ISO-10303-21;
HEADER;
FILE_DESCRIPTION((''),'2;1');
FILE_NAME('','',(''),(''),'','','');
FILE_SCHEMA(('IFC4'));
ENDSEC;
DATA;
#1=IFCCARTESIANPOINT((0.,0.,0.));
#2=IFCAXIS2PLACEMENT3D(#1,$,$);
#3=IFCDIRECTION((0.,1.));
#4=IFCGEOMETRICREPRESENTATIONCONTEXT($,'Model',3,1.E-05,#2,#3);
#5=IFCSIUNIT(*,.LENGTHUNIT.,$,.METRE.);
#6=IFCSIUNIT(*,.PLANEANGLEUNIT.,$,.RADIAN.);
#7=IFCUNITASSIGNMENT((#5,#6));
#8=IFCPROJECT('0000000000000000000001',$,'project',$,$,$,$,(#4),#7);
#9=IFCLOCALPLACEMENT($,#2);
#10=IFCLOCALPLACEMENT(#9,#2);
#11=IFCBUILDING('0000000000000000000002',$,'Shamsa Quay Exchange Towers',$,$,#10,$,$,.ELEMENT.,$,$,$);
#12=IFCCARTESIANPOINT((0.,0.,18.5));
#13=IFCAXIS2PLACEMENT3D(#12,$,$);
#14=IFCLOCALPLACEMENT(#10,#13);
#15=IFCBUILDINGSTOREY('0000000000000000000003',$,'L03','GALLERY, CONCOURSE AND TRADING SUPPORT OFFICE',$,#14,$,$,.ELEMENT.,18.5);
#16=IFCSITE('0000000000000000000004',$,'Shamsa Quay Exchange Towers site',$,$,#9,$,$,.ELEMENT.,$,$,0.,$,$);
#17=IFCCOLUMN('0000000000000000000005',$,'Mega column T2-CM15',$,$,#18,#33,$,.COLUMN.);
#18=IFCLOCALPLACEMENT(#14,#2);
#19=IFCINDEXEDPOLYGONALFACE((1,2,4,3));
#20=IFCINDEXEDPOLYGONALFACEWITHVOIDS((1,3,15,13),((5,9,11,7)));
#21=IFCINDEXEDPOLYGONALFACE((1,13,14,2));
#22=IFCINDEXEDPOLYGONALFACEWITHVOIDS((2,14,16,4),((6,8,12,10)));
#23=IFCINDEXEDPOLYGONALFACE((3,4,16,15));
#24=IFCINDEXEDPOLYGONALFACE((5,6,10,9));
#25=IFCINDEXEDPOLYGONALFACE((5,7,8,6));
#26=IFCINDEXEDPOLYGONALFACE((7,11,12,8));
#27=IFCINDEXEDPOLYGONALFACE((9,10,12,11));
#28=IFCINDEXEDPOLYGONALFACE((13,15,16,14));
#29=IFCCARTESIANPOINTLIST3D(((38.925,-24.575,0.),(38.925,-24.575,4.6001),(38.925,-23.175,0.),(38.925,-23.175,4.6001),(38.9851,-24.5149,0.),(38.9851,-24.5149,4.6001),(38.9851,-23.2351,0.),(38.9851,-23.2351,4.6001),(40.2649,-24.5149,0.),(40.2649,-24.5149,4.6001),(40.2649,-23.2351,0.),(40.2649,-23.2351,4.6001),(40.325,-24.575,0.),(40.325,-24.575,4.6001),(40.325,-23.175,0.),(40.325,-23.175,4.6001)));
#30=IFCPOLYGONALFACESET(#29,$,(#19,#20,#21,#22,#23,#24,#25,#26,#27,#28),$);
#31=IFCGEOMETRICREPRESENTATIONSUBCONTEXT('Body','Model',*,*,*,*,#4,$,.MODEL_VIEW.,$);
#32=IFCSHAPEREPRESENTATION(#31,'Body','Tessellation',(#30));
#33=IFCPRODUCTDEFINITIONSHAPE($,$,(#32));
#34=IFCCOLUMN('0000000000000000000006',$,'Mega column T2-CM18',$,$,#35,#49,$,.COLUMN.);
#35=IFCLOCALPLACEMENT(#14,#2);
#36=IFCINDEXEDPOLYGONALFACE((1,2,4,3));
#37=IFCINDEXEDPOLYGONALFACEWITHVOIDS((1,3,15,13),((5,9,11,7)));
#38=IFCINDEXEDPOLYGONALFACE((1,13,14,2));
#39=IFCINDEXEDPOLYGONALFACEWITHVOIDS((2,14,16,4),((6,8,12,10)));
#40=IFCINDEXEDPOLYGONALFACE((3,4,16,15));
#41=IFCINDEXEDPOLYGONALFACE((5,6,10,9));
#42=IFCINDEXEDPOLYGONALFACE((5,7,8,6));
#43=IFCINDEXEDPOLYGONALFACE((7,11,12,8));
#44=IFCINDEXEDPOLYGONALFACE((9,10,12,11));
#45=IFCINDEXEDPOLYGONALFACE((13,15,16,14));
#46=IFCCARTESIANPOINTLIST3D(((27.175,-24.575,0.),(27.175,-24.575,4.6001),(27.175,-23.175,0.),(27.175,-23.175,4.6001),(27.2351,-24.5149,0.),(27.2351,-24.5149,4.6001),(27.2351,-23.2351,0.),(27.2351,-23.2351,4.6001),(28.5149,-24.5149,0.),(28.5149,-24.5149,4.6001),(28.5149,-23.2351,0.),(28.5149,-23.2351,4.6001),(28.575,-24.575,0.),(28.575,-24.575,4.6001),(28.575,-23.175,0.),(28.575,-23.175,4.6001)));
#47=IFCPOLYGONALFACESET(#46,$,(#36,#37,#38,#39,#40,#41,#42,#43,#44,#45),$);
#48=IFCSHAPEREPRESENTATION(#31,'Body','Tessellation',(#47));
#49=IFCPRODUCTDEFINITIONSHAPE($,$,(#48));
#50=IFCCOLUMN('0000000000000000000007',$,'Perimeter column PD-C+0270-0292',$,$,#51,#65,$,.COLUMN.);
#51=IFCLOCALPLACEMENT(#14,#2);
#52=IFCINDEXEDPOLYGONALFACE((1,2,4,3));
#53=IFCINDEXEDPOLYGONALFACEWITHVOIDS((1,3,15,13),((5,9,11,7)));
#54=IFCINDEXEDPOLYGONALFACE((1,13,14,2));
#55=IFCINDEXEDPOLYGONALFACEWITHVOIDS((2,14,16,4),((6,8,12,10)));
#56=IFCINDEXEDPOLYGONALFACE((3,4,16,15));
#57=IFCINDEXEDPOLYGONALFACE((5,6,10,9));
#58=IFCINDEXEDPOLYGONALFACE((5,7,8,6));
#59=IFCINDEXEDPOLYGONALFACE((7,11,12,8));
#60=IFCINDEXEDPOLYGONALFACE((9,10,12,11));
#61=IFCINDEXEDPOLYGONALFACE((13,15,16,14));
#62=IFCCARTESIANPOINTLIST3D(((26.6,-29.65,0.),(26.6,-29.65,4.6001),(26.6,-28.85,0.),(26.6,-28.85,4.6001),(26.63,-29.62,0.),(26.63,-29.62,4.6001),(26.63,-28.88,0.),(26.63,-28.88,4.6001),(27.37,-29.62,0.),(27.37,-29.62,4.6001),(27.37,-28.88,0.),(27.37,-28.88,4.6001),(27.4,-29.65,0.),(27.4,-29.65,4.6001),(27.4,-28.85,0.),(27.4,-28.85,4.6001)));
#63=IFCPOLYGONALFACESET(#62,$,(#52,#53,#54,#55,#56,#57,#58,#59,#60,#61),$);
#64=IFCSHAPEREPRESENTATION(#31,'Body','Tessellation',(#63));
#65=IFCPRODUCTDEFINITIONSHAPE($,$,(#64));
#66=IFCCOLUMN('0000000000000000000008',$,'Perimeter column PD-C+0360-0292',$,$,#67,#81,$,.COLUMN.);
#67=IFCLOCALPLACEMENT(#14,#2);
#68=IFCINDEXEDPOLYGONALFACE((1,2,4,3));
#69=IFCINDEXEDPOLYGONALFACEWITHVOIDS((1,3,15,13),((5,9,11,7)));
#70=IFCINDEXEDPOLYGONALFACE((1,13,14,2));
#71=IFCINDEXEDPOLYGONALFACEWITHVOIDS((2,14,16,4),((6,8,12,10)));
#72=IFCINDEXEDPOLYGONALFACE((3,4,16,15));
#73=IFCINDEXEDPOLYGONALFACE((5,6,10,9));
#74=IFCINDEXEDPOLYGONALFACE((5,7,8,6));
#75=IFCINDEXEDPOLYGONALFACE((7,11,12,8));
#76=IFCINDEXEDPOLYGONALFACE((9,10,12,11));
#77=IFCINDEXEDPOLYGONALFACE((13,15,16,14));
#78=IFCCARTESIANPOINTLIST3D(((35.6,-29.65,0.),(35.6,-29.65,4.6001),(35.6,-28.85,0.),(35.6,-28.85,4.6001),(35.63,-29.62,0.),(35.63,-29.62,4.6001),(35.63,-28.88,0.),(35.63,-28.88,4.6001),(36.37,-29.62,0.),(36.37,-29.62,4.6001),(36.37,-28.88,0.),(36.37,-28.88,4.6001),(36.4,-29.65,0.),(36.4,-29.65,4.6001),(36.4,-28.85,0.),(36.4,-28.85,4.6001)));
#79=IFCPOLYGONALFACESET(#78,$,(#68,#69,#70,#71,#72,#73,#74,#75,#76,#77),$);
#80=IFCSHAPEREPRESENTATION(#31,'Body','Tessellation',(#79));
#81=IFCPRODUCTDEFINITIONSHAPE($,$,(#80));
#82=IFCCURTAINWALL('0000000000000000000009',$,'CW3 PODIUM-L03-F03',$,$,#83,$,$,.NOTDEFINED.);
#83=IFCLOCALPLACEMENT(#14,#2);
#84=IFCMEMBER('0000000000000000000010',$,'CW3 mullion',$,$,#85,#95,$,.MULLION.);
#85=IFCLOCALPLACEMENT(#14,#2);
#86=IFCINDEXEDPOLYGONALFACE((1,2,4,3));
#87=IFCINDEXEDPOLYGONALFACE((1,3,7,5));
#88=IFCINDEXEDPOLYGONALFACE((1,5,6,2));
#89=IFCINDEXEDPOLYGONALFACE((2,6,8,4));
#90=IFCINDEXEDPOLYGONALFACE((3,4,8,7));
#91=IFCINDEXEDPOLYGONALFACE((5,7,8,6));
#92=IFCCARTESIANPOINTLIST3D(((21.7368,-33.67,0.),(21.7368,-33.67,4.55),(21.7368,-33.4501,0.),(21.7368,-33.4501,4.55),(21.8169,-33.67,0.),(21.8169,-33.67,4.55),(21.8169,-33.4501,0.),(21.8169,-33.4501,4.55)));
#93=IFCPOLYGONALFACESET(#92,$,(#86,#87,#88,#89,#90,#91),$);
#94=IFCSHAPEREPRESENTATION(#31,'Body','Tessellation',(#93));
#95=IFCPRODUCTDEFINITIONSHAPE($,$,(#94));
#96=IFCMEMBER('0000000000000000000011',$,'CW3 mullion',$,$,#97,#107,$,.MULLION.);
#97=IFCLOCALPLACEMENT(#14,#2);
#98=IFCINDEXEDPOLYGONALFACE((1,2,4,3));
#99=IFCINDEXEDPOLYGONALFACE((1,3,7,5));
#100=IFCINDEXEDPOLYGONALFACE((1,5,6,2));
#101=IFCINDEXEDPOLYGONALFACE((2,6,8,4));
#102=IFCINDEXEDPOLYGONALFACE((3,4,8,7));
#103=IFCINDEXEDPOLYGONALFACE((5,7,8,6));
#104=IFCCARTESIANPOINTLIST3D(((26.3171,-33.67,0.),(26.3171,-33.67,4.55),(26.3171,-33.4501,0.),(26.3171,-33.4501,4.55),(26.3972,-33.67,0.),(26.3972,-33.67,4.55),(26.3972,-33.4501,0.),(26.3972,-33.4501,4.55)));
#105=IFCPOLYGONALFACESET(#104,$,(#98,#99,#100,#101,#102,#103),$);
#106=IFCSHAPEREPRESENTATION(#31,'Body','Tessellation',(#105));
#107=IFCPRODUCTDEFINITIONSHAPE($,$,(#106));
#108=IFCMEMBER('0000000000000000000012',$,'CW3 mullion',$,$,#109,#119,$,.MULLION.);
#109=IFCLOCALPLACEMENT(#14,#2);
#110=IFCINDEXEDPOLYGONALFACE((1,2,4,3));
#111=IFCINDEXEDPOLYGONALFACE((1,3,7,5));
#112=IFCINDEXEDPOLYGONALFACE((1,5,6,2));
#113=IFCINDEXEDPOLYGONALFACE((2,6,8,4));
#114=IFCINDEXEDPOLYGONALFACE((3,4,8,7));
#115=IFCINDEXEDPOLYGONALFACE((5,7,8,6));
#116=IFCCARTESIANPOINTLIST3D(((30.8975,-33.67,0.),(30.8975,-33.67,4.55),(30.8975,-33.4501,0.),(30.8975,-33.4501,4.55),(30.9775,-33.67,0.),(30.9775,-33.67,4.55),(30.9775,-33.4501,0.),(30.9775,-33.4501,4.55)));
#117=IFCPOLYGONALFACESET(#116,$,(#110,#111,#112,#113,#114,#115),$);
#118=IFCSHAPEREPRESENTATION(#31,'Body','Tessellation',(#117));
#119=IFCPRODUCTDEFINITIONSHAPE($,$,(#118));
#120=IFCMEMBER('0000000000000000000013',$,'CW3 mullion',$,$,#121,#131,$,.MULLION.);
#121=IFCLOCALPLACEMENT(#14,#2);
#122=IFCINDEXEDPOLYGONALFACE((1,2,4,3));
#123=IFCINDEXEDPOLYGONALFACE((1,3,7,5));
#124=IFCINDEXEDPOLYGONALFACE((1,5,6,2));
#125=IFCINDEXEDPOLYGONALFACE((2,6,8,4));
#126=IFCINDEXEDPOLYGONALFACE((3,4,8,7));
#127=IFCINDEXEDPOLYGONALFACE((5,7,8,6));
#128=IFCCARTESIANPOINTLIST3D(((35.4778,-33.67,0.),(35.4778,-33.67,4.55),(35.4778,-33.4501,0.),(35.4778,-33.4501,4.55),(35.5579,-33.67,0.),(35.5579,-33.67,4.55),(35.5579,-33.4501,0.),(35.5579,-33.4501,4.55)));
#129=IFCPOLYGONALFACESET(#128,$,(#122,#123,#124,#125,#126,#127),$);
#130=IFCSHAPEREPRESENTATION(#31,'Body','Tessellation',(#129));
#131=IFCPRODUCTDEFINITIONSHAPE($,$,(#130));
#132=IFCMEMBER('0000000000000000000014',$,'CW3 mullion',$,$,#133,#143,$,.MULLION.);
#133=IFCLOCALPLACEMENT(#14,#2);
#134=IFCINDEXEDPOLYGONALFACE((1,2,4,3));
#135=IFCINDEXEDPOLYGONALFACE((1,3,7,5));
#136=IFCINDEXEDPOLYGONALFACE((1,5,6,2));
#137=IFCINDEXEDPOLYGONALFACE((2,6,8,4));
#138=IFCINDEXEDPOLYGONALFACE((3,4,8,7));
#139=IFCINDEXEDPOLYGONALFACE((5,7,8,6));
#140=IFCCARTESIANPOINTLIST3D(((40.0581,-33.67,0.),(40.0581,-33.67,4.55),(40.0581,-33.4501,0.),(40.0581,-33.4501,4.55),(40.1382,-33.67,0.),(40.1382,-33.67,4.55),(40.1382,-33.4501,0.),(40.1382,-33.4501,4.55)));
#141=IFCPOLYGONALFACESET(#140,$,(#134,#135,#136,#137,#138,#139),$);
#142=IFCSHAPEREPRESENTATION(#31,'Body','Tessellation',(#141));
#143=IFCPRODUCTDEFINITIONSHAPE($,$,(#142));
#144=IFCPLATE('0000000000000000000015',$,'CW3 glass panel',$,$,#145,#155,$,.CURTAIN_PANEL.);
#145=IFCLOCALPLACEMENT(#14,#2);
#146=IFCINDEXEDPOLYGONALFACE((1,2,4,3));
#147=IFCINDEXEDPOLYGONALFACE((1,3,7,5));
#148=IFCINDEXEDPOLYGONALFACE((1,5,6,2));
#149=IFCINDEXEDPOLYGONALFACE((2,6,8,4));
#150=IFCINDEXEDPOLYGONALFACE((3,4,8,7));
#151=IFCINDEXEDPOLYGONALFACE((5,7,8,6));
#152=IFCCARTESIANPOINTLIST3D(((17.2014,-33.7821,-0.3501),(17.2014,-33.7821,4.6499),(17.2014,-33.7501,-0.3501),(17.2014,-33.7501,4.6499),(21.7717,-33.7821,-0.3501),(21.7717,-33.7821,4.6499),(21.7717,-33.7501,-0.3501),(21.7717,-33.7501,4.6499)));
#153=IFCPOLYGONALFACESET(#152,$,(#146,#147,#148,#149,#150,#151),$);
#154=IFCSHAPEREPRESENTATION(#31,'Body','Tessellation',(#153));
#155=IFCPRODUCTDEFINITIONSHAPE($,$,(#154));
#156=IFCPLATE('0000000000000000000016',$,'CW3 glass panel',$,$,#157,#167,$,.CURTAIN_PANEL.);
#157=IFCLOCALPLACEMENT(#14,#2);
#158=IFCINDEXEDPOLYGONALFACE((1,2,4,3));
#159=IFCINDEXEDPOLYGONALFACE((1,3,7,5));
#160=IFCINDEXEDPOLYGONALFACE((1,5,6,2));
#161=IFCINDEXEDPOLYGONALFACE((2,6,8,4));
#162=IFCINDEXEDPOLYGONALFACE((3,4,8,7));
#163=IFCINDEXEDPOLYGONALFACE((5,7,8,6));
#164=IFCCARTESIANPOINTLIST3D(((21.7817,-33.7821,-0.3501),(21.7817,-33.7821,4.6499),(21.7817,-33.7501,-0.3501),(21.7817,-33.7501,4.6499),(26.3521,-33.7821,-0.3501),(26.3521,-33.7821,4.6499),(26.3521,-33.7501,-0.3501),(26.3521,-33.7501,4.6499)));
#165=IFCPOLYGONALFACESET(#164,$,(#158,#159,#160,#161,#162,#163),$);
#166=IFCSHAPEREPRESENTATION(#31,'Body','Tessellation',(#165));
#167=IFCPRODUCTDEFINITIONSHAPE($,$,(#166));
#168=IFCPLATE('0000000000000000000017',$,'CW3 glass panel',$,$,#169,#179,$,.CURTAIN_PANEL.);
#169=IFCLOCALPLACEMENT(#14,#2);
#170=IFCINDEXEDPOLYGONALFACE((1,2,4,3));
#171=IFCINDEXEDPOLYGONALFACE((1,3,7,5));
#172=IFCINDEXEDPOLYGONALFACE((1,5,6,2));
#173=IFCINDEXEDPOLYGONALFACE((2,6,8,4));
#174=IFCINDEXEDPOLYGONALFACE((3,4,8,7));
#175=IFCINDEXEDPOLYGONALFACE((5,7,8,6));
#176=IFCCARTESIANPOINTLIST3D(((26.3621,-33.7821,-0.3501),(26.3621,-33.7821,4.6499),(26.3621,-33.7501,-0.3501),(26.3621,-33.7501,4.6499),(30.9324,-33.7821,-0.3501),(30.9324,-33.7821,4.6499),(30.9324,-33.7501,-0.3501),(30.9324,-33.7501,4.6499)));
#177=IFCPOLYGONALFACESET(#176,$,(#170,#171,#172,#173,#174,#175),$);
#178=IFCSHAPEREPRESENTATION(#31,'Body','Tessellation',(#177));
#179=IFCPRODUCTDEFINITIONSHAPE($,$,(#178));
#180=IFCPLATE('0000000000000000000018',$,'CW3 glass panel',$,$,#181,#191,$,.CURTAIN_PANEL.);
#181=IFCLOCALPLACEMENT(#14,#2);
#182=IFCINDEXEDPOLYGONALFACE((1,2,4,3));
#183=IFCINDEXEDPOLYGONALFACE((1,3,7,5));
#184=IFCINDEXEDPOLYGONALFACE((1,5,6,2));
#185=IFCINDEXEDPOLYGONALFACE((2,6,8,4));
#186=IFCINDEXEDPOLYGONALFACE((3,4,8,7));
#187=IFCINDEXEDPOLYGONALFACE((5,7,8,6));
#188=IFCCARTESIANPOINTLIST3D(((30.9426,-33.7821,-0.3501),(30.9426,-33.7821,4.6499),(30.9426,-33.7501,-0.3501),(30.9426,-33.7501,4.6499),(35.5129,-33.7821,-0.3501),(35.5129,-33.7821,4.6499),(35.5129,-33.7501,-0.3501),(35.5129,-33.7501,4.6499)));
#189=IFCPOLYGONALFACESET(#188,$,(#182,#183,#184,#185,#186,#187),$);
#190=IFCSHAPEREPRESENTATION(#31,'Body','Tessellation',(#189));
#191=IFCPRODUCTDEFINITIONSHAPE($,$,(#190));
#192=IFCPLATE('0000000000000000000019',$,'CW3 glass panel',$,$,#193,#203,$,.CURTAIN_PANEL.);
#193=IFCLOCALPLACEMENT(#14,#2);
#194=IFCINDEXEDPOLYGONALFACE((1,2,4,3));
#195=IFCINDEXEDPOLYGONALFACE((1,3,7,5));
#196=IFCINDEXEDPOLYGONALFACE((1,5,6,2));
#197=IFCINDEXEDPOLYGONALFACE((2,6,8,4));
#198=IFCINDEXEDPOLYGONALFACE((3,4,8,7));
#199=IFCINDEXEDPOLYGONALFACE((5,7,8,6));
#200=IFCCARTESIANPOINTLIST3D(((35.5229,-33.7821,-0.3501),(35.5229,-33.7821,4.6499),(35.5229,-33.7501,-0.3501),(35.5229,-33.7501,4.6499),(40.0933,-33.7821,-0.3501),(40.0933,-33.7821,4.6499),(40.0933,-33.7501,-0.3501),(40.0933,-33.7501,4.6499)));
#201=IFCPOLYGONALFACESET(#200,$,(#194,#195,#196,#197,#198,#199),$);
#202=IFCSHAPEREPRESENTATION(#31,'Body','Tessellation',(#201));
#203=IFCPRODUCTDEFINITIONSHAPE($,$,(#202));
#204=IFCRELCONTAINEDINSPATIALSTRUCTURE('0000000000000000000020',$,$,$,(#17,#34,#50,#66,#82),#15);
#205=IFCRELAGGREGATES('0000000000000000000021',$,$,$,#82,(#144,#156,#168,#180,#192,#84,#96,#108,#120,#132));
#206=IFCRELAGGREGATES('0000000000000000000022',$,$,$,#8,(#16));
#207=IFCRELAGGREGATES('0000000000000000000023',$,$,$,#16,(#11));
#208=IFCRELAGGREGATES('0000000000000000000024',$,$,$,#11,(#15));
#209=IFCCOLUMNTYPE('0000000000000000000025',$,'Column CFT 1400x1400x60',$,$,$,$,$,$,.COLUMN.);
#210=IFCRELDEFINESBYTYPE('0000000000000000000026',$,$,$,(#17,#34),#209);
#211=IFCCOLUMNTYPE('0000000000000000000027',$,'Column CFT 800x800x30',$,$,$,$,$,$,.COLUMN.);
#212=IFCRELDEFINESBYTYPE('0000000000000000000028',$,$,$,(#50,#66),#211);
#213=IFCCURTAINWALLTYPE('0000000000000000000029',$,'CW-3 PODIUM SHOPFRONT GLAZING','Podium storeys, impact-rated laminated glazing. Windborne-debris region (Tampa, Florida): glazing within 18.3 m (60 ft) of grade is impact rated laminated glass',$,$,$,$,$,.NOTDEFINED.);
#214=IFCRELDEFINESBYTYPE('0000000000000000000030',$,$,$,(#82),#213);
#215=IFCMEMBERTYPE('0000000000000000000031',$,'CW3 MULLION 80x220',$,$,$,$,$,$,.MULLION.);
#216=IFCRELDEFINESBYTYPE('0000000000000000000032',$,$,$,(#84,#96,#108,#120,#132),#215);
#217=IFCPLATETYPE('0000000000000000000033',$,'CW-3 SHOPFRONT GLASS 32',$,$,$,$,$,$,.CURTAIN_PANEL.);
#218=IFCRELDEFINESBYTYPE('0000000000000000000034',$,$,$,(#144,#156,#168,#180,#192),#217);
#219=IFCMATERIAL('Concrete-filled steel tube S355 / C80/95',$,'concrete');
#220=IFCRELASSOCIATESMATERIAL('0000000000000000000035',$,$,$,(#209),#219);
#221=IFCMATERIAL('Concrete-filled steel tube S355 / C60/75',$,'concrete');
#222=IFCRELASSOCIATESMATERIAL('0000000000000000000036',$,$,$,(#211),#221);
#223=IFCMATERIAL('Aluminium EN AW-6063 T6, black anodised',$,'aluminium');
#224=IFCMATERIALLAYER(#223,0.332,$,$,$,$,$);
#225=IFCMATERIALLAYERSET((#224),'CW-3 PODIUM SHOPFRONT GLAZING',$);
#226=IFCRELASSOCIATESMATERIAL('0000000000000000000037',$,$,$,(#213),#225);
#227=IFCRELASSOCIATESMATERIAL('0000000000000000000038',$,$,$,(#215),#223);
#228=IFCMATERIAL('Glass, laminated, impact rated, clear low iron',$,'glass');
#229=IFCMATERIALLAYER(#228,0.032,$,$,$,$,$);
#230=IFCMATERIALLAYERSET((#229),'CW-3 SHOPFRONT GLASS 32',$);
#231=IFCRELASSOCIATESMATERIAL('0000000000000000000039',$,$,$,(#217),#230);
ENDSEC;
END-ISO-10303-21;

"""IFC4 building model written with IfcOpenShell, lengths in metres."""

from ifc_helpers import new_model, si_unit, direction, frame, origin, origin_2d, place, context, subcontext, project, spatial, rectangle, hollow_rectangle, extrude, material, layer, layer_set, material_profile, profile_set, type_object, element, aggregate, save


model = new_model("IFC4")

# Units and contexts
model_context = context("Model", 3, precision=1e-05, world=origin(), true_north=direction((0.0, 1.0)))
body_context = subcontext(model_context, "Body", "Model", "MODEL_VIEW")
ifc_project = project(units=[si_unit("LENGTHUNIT", "METRE"), si_unit("PLANEANGLEUNIT", "RADIAN")], contexts=[model_context])

# Site, building, storey
site_placement = place(None, origin())
site = spatial("IfcSite", under=ifc_project, at=site_placement, Name="Shamsa Quay Exchange Towers site", CompositionType="ELEMENT", RefElevation=0.0)
building_placement = place(site_placement, origin())
building = spatial("IfcBuilding", under=site, at=building_placement, Name="Shamsa Quay Exchange Towers", CompositionType="ELEMENT")
storey_placement = place(building_placement, frame((0.0, 0.0, 18.5)))
storey = spatial("IfcBuildingStorey", under=building, at=storey_placement, Name="L03", Description="GALLERY, CONCOURSE AND TRADING SUPPORT OFFICE", CompositionType="ELEMENT", Elevation=18.5)

# Columns
ifc_material_1 = material(Name="Concrete-filled steel tube S355 / C80/95", Category="concrete")
ifc_material_profile_1 = material_profile(ifc_material_1, hollow_rectangle(XDim=1.3999, YDim=1.3999, WallThickness=0.0601, at=origin_2d()), Name="CFT 1400x1400x60")
ifc_profile_set_1 = profile_set([ifc_material_profile_1], Name="Concrete-filled steel tube S355 / C80/95")
column_type_1 = type_object("IfcColumnType", Name="Column CFT 1400x1400x60", PredefinedType="COLUMN", material=ifc_profile_set_1)
for number, where, name in (
    (1, (39.625, -23.875, 0.0), "Mega column T2-CM15"),
    (2, (27.875, -23.875, 0.0), "Mega column T2-CM18"),
):
    element("IfcColumn", number, at=place(storey_placement, frame(where)), inside=storey, type_object=column_type_1, Name=name, PredefinedType="COLUMN", context=body_context, shape_type="SweptSolid", body=[
        extrude(hollow_rectangle(XDim=1.3999, YDim=1.3999, WallThickness=0.0601, at=origin_2d()), origin(), (0.0, 0.0, 1.0), 4.6001),
    ])
ifc_material_2 = material(Name="Concrete-filled steel tube S355 / C60/75", Category="concrete")
ifc_material_profile_2 = material_profile(ifc_material_2, hollow_rectangle(XDim=0.8, YDim=0.8, WallThickness=0.03, at=origin_2d()), Name="CFT 800x800x30")
ifc_profile_set_2 = profile_set([ifc_material_profile_2], Name="Concrete-filled steel tube S355 / C60/75")
column_type_2 = type_object("IfcColumnType", Name="Column CFT 800x800x30", PredefinedType="COLUMN", material=ifc_profile_set_2)
for number, where, name in (
    (3, (27.0, -29.25, 0.0), "Perimeter column PD-C+0270-0292"),
    (4, (36.0, -29.25, 0.0), "Perimeter column PD-C+0360-0292"),
):
    element("IfcColumn", number, at=place(storey_placement, frame(where)), inside=storey, type_object=column_type_2, Name=name, PredefinedType="COLUMN", context=body_context, shape_type="SweptSolid", body=[
        extrude(hollow_rectangle(XDim=0.8, YDim=0.8, WallThickness=0.03, at=origin_2d()), origin(), (0.0, 0.0, 1.0), 4.6001),
    ])

# Curtain wall, members, plates
ifc_material_3 = material(Name="Aluminium EN AW-6063 T6, black anodised", Category="aluminium")
ifc_layer_1 = layer(ifc_material_3, 0.332)
ifc_layer_set_1 = layer_set([ifc_layer_1], Name="CW-3 PODIUM SHOPFRONT GLAZING")
curtain_wall_type = type_object("IfcCurtainWallType", Name="CW-3 PODIUM SHOPFRONT GLAZING", Description="Podium storeys, impact-rated laminated glazing. Windborne-debris region (Tampa, Florida): glazing within 18.3 m (60 ft) of grade is impact rated laminated glass", PredefinedType="NOTDEFINED", material=ifc_layer_set_1)
curtain_wall_placement = place(storey_placement, origin())
curtain_wall = element("IfcCurtainWall", 5, at=curtain_wall_placement, inside=storey, type_object=curtain_wall_type, Name="CW3 PODIUM-L03-F03", PredefinedType="NOTDEFINED")
ifc_material_profile_3 = material_profile(ifc_material_3, rectangle(XDim=0.22, YDim=0.0801, at=origin_2d()), Name="MU80x220")
ifc_profile_set_3 = profile_set([ifc_material_profile_3], Name="Aluminium EN AW-6063 T6, black anodised")
member_type = type_object("IfcMemberType", Name="CW3 MULLION 80x220", PredefinedType="MULLION", material=ifc_profile_set_3)
member_1_placement = place(storey_placement, frame((21.7769, -33.5601, 0.0), z_axis=(0.0, 0.0, 1.0), x_axis=(0.0, 1.0, 0.0)))
member_1 = element("IfcMember", 6, at=member_1_placement, type_object=member_type, Name="CW3 mullion", PredefinedType="MULLION", context=body_context, shape_type="SweptSolid", body=[
    extrude(rectangle(XDim=0.22, YDim=0.0801, at=origin_2d()), origin(), (0.0, 0.0, 1.0), 4.55),
])
member_2_placement = place(storey_placement, frame((26.3572, -33.5601, 0.0), z_axis=(0.0, 0.0, 1.0), x_axis=(0.0, 1.0, 0.0)))
member_2 = element("IfcMember", 7, at=member_2_placement, type_object=member_type, Name="CW3 mullion", PredefinedType="MULLION", context=body_context, shape_type="SweptSolid", body=[
    extrude(rectangle(XDim=0.22, YDim=0.0801, at=origin_2d()), origin(), (0.0, 0.0, 1.0), 4.55),
])
member_3_placement = place(storey_placement, frame((30.9375, -33.5601, 0.0), z_axis=(0.0, 0.0, 1.0), x_axis=(0.0, 1.0, 0.0)))
member_3 = element("IfcMember", 8, at=member_3_placement, type_object=member_type, Name="CW3 mullion", PredefinedType="MULLION", context=body_context, shape_type="SweptSolid", body=[
    extrude(rectangle(XDim=0.22, YDim=0.0801, at=origin_2d()), origin(), (0.0, 0.0, 1.0), 4.55),
])
member_4_placement = place(storey_placement, frame((35.5178, -33.5601, 0.0), z_axis=(0.0, 0.0, 1.0), x_axis=(0.0, 1.0, 0.0)))
member_4 = element("IfcMember", 9, at=member_4_placement, type_object=member_type, Name="CW3 mullion", PredefinedType="MULLION", context=body_context, shape_type="SweptSolid", body=[
    extrude(rectangle(XDim=0.22, YDim=0.0801, at=origin_2d()), origin(), (0.0, 0.0, 1.0), 4.55),
])
member_5_placement = place(storey_placement, frame((40.0981, -33.5601, 0.0), z_axis=(0.0, 0.0, 1.0), x_axis=(0.0, 1.0, 0.0)))
member_5 = element("IfcMember", 10, at=member_5_placement, type_object=member_type, Name="CW3 mullion", PredefinedType="MULLION", context=body_context, shape_type="SweptSolid", body=[
    extrude(rectangle(XDim=0.22, YDim=0.0801, at=origin_2d()), origin(), (0.0, 0.0, 1.0), 4.55),
])
ifc_material_4 = material(Name="Glass, laminated, impact rated, clear low iron", Category="glass")
ifc_layer_2 = layer(ifc_material_4, 0.032)
ifc_layer_set_2 = layer_set([ifc_layer_2], Name="CW-3 SHOPFRONT GLASS 32")
plate_type = type_object("IfcPlateType", Name="CW-3 SHOPFRONT GLASS 32", PredefinedType="CURTAIN_PANEL", material=ifc_layer_set_2)
plate_1_placement = place(storey_placement, frame((19.4866, -33.7661, -0.3501)))
plate_1 = element("IfcPlate", 11, at=plate_1_placement, type_object=plate_type, Name="CW3 glass panel", PredefinedType="CURTAIN_PANEL", context=body_context, shape_type="SweptSolid", body=[
    extrude(rectangle(XDim=4.5703, YDim=0.032, at=origin_2d()), origin(), (0.0, 0.0, 1.0), 5.0),
])
plate_2_placement = place(storey_placement, frame((24.0669, -33.7661, -0.3501)))
plate_2 = element("IfcPlate", 12, at=plate_2_placement, type_object=plate_type, Name="CW3 glass panel", PredefinedType="CURTAIN_PANEL", context=body_context, shape_type="SweptSolid", body=[
    extrude(rectangle(XDim=4.5703, YDim=0.032, at=origin_2d()), origin(), (0.0, 0.0, 1.0), 5.0),
])
plate_3_placement = place(storey_placement, frame((28.6472, -33.7661, -0.3501)))
plate_3 = element("IfcPlate", 13, at=plate_3_placement, type_object=plate_type, Name="CW3 glass panel", PredefinedType="CURTAIN_PANEL", context=body_context, shape_type="SweptSolid", body=[
    extrude(rectangle(XDim=4.5703, YDim=0.032, at=origin_2d()), origin(), (0.0, 0.0, 1.0), 5.0),
])
plate_4_placement = place(storey_placement, frame((33.2278, -33.7661, -0.3501)))
plate_4 = element("IfcPlate", 14, at=plate_4_placement, type_object=plate_type, Name="CW3 glass panel", PredefinedType="CURTAIN_PANEL", context=body_context, shape_type="SweptSolid", body=[
    extrude(rectangle(XDim=4.5703, YDim=0.032, at=origin_2d()), origin(), (0.0, 0.0, 1.0), 5.0),
])
plate_5_placement = place(storey_placement, frame((37.8081, -33.7661, -0.3501)))
plate_5 = element("IfcPlate", 15, at=plate_5_placement, type_object=plate_type, Name="CW3 glass panel", PredefinedType="CURTAIN_PANEL", context=body_context, shape_type="SweptSolid", body=[
    extrude(rectangle(XDim=4.5703, YDim=0.032, at=origin_2d()), origin(), (0.0, 0.0, 1.0), 5.0),
])
aggregate(curtain_wall, [plate_1, plate_2, plate_3, plate_4, plate_5, member_1, member_2, member_3, member_4, member_5])

save(model, "model.ifc")
